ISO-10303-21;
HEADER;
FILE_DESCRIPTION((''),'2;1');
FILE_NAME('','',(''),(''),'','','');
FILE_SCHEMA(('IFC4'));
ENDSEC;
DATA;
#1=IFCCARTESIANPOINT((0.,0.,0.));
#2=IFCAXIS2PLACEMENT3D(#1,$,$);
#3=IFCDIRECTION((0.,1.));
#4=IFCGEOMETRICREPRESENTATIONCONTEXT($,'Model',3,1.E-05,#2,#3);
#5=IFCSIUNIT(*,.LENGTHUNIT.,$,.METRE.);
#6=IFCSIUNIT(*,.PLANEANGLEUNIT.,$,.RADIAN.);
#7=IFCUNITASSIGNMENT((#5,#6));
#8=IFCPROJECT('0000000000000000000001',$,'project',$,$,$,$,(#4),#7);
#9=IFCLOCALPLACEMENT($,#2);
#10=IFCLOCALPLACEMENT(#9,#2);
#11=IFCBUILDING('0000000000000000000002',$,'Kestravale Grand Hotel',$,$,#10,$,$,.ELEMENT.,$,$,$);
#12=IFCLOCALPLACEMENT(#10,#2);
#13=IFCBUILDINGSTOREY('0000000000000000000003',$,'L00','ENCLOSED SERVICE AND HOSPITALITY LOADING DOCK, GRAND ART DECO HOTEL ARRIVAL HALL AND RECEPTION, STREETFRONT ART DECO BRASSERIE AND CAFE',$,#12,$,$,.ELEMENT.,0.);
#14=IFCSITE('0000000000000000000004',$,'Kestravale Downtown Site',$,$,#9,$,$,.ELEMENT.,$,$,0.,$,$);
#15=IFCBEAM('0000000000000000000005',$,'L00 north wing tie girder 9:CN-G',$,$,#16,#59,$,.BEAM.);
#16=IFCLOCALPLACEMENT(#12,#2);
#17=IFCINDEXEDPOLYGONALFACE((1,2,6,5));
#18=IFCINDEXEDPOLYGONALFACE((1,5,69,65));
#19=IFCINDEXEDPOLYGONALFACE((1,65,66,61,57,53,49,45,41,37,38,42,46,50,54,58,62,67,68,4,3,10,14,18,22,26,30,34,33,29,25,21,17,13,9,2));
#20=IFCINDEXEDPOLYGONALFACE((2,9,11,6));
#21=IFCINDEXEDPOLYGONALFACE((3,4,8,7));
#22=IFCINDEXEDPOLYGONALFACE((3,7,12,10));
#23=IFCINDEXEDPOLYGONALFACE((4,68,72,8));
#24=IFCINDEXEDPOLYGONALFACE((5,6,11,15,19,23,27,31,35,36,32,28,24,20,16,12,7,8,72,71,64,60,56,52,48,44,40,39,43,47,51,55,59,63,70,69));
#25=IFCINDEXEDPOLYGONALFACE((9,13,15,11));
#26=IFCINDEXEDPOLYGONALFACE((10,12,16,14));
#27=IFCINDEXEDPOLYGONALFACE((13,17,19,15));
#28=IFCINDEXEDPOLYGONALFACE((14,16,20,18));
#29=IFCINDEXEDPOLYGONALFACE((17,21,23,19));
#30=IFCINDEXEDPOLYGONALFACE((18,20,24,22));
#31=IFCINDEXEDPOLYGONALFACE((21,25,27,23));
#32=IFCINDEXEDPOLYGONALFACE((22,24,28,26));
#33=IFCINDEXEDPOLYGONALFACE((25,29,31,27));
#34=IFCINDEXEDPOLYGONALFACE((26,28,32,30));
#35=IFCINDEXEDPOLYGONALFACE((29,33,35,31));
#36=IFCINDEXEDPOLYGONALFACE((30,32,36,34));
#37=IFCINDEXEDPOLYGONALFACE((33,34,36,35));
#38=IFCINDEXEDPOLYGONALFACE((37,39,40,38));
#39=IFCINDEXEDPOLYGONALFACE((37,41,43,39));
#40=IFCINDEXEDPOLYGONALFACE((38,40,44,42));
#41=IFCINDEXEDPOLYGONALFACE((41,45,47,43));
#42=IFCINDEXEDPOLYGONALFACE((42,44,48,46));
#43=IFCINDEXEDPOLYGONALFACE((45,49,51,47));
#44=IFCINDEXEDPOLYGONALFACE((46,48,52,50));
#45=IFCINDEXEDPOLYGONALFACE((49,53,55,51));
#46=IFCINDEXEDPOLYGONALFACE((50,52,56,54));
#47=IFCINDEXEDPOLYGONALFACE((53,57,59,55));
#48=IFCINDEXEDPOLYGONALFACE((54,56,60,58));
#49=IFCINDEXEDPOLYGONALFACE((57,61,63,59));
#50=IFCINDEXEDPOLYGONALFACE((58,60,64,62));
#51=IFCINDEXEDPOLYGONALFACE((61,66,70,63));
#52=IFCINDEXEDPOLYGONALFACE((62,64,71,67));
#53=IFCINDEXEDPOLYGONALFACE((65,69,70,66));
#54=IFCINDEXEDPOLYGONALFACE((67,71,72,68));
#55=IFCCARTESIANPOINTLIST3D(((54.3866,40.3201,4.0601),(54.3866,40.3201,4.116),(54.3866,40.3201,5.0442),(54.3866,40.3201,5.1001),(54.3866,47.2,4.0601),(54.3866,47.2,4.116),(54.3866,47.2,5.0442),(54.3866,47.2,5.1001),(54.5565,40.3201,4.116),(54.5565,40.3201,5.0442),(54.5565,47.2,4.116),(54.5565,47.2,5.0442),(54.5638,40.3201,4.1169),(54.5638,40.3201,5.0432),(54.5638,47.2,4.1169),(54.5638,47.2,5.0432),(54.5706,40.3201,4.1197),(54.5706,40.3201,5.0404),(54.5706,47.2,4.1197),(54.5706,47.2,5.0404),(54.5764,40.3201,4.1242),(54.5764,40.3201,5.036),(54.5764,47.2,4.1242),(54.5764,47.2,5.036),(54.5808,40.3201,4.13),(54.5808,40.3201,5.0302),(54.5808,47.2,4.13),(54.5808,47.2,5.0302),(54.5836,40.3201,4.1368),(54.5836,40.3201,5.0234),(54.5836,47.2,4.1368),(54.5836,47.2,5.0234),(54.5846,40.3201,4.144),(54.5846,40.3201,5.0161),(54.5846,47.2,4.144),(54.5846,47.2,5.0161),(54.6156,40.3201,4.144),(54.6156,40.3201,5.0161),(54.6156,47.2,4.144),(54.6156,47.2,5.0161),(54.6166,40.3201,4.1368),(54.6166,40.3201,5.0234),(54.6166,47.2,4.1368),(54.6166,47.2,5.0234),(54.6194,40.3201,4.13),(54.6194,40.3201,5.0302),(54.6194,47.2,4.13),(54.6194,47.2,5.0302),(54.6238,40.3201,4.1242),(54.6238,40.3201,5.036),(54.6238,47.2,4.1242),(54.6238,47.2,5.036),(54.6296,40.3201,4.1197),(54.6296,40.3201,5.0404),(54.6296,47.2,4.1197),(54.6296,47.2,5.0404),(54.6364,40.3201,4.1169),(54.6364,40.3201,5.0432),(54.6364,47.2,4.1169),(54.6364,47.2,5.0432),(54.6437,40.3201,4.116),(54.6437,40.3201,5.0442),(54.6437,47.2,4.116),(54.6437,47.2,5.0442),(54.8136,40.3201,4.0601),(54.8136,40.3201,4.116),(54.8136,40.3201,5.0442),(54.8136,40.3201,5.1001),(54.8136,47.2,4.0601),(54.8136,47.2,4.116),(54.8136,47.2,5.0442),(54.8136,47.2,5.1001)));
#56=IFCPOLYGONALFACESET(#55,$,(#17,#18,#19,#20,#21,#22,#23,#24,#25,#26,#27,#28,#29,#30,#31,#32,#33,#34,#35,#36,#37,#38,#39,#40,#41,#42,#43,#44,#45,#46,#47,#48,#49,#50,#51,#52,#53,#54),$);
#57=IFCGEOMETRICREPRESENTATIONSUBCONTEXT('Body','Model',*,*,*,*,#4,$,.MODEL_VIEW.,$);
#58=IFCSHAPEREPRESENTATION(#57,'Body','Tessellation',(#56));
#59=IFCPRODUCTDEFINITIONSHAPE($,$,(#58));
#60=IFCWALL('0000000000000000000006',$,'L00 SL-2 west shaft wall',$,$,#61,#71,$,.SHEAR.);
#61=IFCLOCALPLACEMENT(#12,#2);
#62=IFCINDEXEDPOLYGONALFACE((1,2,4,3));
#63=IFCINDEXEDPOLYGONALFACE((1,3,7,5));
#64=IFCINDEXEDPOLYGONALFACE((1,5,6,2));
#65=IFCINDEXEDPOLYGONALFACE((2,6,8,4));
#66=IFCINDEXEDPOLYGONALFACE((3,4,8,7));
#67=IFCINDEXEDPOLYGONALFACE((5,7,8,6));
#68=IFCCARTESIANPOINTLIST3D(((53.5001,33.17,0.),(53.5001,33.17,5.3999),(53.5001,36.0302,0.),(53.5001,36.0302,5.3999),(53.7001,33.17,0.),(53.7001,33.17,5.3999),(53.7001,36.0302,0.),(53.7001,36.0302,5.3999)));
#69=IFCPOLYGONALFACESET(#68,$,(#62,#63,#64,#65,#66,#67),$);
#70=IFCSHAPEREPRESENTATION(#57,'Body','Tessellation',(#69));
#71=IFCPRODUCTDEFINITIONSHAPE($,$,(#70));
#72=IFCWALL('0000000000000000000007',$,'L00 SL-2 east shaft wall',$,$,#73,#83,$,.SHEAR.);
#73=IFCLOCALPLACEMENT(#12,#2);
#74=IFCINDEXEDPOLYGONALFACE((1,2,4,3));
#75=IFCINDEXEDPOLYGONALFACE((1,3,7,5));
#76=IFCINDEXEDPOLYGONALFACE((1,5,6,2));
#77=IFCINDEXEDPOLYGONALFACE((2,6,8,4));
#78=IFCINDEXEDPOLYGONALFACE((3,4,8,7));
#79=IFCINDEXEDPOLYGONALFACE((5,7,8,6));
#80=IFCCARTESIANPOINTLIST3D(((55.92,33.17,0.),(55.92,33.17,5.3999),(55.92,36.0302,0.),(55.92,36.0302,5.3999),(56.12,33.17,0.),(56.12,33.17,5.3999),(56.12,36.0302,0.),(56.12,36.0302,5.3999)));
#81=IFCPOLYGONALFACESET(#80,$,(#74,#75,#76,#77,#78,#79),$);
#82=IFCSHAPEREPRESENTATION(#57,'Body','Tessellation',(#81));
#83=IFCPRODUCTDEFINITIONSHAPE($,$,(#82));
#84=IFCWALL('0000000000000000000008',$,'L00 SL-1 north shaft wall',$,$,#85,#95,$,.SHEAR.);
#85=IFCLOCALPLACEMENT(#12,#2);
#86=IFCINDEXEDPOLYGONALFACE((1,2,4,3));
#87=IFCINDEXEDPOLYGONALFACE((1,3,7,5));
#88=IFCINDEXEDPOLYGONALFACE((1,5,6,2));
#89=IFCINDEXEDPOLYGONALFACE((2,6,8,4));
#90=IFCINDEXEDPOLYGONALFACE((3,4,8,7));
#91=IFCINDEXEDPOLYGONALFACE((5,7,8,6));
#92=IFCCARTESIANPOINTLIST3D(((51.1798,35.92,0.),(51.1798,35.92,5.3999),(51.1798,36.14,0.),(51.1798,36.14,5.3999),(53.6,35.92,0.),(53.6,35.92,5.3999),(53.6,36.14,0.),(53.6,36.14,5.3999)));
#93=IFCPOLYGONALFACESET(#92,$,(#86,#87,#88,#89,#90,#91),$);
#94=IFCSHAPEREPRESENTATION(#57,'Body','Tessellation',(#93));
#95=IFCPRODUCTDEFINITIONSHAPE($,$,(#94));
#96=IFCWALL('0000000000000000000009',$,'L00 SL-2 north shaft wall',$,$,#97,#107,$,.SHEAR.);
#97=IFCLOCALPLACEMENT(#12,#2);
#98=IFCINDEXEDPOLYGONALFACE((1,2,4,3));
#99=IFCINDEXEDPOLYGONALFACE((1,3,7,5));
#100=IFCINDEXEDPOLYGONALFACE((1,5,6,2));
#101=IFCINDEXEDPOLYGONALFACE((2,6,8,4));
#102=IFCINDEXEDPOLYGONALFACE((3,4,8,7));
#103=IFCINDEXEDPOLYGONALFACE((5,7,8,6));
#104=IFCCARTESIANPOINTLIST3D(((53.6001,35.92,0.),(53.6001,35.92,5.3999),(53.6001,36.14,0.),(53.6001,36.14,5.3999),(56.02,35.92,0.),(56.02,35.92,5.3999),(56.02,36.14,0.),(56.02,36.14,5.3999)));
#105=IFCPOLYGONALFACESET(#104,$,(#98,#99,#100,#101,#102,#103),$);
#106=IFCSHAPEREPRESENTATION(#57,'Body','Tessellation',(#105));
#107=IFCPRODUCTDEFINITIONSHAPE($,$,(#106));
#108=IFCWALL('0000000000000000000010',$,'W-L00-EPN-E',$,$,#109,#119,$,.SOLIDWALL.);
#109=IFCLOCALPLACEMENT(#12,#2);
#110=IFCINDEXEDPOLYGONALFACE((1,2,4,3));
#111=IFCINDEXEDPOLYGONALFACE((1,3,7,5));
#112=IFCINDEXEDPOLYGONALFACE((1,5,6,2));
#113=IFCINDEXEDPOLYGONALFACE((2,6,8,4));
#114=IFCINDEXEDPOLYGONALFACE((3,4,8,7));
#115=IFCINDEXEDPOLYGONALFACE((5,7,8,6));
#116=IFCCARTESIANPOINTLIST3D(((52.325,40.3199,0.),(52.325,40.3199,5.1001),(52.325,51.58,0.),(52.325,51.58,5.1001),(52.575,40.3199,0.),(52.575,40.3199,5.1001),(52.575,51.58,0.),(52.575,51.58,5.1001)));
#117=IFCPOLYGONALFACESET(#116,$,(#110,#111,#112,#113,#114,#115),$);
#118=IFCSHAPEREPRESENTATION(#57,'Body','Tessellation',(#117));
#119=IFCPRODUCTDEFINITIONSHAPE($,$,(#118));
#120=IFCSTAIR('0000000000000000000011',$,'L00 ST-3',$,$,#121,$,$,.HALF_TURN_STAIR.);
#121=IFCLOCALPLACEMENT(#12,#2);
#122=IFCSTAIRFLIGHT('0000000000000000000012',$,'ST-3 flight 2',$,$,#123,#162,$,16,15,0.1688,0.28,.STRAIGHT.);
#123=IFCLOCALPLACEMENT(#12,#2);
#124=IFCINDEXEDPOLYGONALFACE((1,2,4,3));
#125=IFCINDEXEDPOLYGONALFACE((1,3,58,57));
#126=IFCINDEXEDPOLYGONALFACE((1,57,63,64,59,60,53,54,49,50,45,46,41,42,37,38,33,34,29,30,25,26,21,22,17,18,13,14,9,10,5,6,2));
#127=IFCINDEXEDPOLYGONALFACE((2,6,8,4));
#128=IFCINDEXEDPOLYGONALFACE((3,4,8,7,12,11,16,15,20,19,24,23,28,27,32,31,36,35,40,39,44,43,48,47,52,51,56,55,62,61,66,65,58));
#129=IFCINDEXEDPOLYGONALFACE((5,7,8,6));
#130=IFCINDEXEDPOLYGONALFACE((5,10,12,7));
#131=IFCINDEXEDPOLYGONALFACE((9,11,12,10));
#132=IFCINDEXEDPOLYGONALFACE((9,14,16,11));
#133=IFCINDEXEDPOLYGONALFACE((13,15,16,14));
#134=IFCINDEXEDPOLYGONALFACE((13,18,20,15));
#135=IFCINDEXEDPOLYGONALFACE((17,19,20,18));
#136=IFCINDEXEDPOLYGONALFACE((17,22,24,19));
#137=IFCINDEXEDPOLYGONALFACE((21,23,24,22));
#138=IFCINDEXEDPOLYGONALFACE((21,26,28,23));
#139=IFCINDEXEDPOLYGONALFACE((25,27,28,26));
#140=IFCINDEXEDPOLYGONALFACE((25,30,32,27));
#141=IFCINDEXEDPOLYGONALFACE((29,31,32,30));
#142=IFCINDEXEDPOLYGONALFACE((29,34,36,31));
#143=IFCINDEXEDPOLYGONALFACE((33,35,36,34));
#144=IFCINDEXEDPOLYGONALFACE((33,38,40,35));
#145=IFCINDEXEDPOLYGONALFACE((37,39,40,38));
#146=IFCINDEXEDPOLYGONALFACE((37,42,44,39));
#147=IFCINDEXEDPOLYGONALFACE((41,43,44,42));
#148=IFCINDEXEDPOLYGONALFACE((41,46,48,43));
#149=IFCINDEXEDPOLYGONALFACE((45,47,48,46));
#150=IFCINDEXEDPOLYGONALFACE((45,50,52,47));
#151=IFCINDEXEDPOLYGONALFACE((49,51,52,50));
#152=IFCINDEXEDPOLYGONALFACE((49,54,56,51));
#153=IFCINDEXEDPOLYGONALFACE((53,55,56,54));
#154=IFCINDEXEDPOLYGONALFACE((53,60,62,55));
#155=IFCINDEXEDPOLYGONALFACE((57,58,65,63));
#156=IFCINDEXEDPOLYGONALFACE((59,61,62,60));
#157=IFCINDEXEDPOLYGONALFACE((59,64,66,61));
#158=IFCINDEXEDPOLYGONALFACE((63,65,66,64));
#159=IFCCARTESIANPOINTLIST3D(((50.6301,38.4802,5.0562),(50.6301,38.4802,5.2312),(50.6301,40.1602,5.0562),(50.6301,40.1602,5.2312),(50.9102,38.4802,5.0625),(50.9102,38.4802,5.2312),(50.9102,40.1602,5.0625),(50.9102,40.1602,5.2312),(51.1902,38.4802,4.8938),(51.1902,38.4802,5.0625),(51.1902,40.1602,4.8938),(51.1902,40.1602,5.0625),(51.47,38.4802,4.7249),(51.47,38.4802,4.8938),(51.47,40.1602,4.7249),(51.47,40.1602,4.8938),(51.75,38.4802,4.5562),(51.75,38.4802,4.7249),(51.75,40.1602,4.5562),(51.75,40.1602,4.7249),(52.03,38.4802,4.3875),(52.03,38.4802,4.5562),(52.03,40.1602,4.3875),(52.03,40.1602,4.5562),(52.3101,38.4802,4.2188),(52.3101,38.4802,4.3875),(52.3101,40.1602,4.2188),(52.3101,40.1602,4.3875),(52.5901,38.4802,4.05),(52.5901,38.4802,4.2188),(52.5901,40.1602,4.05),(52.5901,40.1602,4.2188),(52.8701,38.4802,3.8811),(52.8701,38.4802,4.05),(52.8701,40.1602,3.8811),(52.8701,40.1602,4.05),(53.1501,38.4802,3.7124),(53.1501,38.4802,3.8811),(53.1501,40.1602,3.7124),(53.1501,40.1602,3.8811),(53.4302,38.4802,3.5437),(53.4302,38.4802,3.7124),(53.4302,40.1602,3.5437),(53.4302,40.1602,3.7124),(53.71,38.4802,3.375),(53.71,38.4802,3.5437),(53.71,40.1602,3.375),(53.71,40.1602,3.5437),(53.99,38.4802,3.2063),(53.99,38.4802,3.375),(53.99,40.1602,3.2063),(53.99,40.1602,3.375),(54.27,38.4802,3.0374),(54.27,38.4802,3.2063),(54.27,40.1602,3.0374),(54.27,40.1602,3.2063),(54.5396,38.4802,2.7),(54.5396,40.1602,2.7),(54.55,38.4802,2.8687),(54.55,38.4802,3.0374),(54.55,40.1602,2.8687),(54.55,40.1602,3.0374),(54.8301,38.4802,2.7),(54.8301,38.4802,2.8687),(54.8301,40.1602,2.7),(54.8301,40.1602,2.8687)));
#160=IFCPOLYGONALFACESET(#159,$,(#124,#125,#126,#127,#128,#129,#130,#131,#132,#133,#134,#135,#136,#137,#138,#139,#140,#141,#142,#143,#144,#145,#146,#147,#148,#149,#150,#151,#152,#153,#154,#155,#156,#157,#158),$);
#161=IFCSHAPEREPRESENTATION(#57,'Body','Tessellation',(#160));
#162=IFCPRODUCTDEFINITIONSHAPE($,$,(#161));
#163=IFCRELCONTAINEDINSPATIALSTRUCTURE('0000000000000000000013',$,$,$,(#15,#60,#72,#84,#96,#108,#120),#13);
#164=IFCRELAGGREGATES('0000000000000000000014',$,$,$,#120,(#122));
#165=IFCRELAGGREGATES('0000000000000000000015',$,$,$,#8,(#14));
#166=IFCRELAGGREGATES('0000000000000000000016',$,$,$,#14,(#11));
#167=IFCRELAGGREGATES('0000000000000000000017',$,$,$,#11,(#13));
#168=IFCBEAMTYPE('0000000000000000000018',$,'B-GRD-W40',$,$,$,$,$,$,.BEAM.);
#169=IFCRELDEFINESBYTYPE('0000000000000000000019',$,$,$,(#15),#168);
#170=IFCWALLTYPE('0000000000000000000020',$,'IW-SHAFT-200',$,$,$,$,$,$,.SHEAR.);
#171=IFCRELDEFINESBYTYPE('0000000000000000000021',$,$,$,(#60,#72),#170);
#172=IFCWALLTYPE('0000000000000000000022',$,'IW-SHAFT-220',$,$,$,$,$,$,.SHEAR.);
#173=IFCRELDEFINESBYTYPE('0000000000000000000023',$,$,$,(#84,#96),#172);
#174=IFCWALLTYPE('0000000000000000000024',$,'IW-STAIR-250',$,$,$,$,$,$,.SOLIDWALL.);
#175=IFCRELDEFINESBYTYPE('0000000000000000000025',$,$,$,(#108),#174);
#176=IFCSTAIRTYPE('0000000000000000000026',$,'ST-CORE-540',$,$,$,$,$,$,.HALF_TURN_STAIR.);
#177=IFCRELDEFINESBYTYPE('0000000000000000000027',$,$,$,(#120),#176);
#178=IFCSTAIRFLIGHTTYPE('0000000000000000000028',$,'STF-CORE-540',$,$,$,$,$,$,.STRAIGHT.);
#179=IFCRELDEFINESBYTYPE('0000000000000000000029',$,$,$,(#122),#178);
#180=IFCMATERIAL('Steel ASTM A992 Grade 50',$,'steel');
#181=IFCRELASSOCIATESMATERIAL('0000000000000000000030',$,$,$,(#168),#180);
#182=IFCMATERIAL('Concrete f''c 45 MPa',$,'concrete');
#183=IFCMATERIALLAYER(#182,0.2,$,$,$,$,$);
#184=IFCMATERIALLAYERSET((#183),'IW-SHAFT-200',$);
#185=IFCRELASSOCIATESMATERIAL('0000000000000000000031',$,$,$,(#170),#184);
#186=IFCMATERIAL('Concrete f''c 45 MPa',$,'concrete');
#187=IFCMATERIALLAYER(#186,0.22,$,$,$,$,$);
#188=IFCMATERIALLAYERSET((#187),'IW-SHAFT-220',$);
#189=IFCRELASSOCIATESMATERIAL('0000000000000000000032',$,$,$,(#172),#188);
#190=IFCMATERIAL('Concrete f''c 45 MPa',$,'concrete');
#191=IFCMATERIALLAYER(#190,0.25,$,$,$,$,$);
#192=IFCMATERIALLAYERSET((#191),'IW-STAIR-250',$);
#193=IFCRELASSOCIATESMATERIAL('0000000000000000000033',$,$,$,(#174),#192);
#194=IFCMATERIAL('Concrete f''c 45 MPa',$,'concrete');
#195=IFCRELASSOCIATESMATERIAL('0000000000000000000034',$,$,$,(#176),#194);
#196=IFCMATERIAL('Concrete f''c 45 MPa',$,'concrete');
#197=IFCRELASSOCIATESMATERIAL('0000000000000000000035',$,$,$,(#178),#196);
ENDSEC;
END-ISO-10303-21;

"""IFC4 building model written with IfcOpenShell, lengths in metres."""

from ifc_helpers import new_model, si_unit, direction, frame, frame_2d, origin, origin_2d, place, context, subcontext, project, spatial, polyline, rectangle, i_section, outline, extrude, material, layer, layer_set, material_profile, profile_set, type_object, element, aggregate, save


model = new_model("IFC4")

# Units and contexts
model_context = context("Model", 3, precision=1e-05, world=origin(), true_north=direction((0.0, 1.0)))
body_context = subcontext(model_context, "Body", "Model", "MODEL_VIEW")
ifc_project = project(units=[si_unit("LENGTHUNIT", "METRE"), si_unit("PLANEANGLEUNIT", "RADIAN")], contexts=[model_context])

# Site, building, storey
site_placement = place(None, origin())
site = spatial("IfcSite", under=ifc_project, at=site_placement, Name="Kestravale Downtown Site", CompositionType="ELEMENT", RefElevation=0.0)
building_placement = place(site_placement, origin())
building = spatial("IfcBuilding", under=site, at=building_placement, Name="Kestravale Grand Hotel", CompositionType="ELEMENT")
storey_placement = place(building_placement, origin())
storey = spatial("IfcBuildingStorey", under=building, at=storey_placement, Name="L00", Description="ENCLOSED SERVICE AND HOSPITALITY LOADING DOCK, GRAND ART DECO HOTEL ARRIVAL HALL AND RECEPTION, STREETFRONT ART DECO BRASSERIE AND CAFE", CompositionType="ELEMENT", Elevation=0.0)

# Beam
ifc_material_1 = material(Name="Steel ASTM A992 Grade 50", Category="steel")
ifc_material_profile_1 = material_profile(ifc_material_1, i_section(OverallWidth=0.427, OverallDepth=1.04, WebThickness=0.031, FlangeThickness=0.0559, FilletRadius=0.0281, at=origin_2d()))
ifc_profile_set_1 = profile_set([ifc_material_profile_1], Name="Steel ASTM A992 Grade 50")
beam_type_1 = type_object("IfcBeamType", Name="B-GRD-W40", PredefinedType="BEAM", material=ifc_profile_set_1)
beam_1_placement = place(storey_placement, frame((54.6001, 40.3201, 4.5801), z_axis=(0.0, 1.0, 0.0), x_axis=(-1.0, 0.0, 0.0)))
element("IfcBeam", 1, at=beam_1_placement, inside=storey, type_object=beam_type_1, Name="L00 north wing tie girder 9:CN-G", PredefinedType="BEAM", context=body_context, shape_type="SweptSolid", body=[
    extrude(i_section(OverallWidth=0.427, OverallDepth=1.04, WebThickness=0.031, FlangeThickness=0.0559, FilletRadius=0.0281, at=origin_2d()), origin(), (0.0, 0.0, 1.0), 6.8799),
])

# Walls
ifc_material_2 = material(Name="Concrete f'c 45 MPa", Category="concrete")
ifc_layer_1 = layer(ifc_material_2, 0.2)
ifc_layer_set_1 = layer_set([ifc_layer_1], Name="IW-SHAFT-200")
wall_type_1 = type_object("IfcWallType", Name="IW-SHAFT-200", PredefinedType="SHEAR", material=ifc_layer_set_1)
for number, where, z_axis, x_axis, name in (
    (2, (53.6001, 33.1699, 0.0), (0.0, 0.0, 1.0), (0.0, 1.0, 0.0), "L00 SL-2 west shaft wall"),
    (3, (56.02, 33.1699, 0.0), (0.0, 0.0, 1.0), (0.0, 1.0, 0.0), "L00 SL-2 east shaft wall"),
):
    element("IfcWall", number, at=place(storey_placement, frame(where, z_axis=z_axis, x_axis=x_axis)), inside=storey, type_object=wall_type_1, Name=name, PredefinedType="SHEAR", context=body_context, shape_type="SweptSolid", body=[
        extrude(rectangle(XDim=2.8601, YDim=0.2, at=frame_2d((1.4302, 0.0))), origin(), (0.0, 0.0, 1.0), 5.3999),
    ])
ifc_material_3 = material(Name="Concrete f'c 45 MPa", Category="concrete")
ifc_layer_2 = layer(ifc_material_3, 0.22)
ifc_layer_set_2 = layer_set([ifc_layer_2], Name="IW-SHAFT-220")
wall_type_2 = type_object("IfcWallType", Name="IW-SHAFT-220", PredefinedType="SHEAR", material=ifc_layer_set_2)
wall_1_placement = place(storey_placement, frame((51.1799, 36.03, 0.0), z_axis=(0.0, 0.0, 1.0), x_axis=(1.0, 0.0, 0.0)))
element("IfcWall", 4, at=wall_1_placement, inside=storey, type_object=wall_type_2, Name="L00 SL-1 north shaft wall", PredefinedType="SHEAR", context=body_context, shape_type="SweptSolid", body=[
    extrude(rectangle(XDim=2.4202, YDim=0.22, at=frame_2d((1.21, 0.0))), origin(), (0.0, 0.0, 1.0), 5.3999),
])
wall_2_placement = place(storey_placement, frame((53.6001, 36.03, 0.0), z_axis=(0.0, 0.0, 1.0), x_axis=(1.0, 0.0, 0.0)))
element("IfcWall", 5, at=wall_2_placement, inside=storey, type_object=wall_type_2, Name="L00 SL-2 north shaft wall", PredefinedType="SHEAR", context=body_context, shape_type="SweptSolid", body=[
    extrude(rectangle(XDim=2.4199, YDim=0.22, at=frame_2d((1.21, 0.0))), origin(), (0.0, 0.0, 1.0), 5.3999),
])

# Wall
ifc_material_4 = material(Name="Concrete f'c 45 MPa", Category="concrete")
ifc_layer_3 = layer(ifc_material_4, 0.25)
ifc_layer_set_3 = layer_set([ifc_layer_3], Name="IW-STAIR-250")
wall_type_3 = type_object("IfcWallType", Name="IW-STAIR-250", PredefinedType="SOLIDWALL", material=ifc_layer_set_3)
wall_3_placement = place(storey_placement, frame((52.45, 40.3201, 0.0), z_axis=(0.0, 0.0, 1.0), x_axis=(0.0, 1.0, 0.0)))
element("IfcWall", 6, at=wall_3_placement, inside=storey, type_object=wall_type_3, Name="W-L00-EPN-E", PredefinedType="SOLIDWALL", context=body_context, shape_type="SweptSolid", body=[
    extrude(rectangle(XDim=11.26, YDim=0.25, at=frame_2d((5.6299, 0.0))), origin(), (0.0, 0.0, 1.0), 5.1001),
])

# Stair, stair flight
ifc_material_5 = material(Name="Concrete f'c 45 MPa", Category="concrete")
stair_type = type_object("IfcStairType", Name="ST-CORE-540", PredefinedType="HALF_TURN_STAIR", material=ifc_material_5)
stair_placement = place(storey_placement, origin())
stair = element("IfcStair", 7, at=stair_placement, inside=storey, type_object=stair_type, Name="L00 ST-3", PredefinedType="HALF_TURN_STAIR")
ifc_material_6 = material(Name="Concrete f'c 45 MPa", Category="concrete")
stair_flight_type = type_object("IfcStairFlightType", Name="STF-CORE-540", PredefinedType="STRAIGHT", material=ifc_material_6)
stair_flight_placement = place(storey_placement, frame((54.8301, 39.3201, 2.7), z_axis=(0.0, 0.0, 1.0), x_axis=(-1.0, 0.0, 0.0)))
stair_flight = element("IfcStairFlight", 8, at=stair_flight_placement, type_object=stair_flight_type, Name="ST-3 flight 2", NumberOfRisers=16, NumberOfTreads=15, PredefinedType="STRAIGHT", RiserHeight=0.1688, TreadLength=0.28, context=body_context, shape_type="SweptSolid", body=[
    extrude(outline(polyline([(0.0, 0.0), (0.0, 0.1687), (0.28, 0.1687), (0.28, 0.3374), (0.5601, 0.3374), (0.5601, 0.5063), (0.8401, 0.5063), (0.8401, 0.675), (1.1201, 0.675), (1.1201, 0.8438), (1.3999, 0.8438), (1.3999, 1.0125), (1.6799, 1.0125), (1.6799, 1.1812), (1.96, 1.1812), (1.96, 1.3501), (2.24, 1.3501), (2.24, 1.5188), (2.52, 1.5188), (2.52, 1.6875), (2.8, 1.6875), (2.8, 1.8562), (3.0801, 1.8562), (3.0801, 2.0249), (3.3601, 2.0249), (3.3601, 2.1938), (3.6399, 2.1938), (3.6399, 2.3625), (3.9199, 2.3625), (3.9199, 2.5312), (4.2, 2.5312), (4.2, 2.7), (4.2, 2.3562), (0.2905, 0.0), (0.0, 0.0)])), frame((0.0, 0.8398, 0.0), z_axis=(0.0, -1.0, 0.0), x_axis=(1.0, 0.0, 0.0)), (0.0, 0.0, 1.0), 1.6799),
])
aggregate(stair, [stair_flight])

save(model, "model.ifc")
